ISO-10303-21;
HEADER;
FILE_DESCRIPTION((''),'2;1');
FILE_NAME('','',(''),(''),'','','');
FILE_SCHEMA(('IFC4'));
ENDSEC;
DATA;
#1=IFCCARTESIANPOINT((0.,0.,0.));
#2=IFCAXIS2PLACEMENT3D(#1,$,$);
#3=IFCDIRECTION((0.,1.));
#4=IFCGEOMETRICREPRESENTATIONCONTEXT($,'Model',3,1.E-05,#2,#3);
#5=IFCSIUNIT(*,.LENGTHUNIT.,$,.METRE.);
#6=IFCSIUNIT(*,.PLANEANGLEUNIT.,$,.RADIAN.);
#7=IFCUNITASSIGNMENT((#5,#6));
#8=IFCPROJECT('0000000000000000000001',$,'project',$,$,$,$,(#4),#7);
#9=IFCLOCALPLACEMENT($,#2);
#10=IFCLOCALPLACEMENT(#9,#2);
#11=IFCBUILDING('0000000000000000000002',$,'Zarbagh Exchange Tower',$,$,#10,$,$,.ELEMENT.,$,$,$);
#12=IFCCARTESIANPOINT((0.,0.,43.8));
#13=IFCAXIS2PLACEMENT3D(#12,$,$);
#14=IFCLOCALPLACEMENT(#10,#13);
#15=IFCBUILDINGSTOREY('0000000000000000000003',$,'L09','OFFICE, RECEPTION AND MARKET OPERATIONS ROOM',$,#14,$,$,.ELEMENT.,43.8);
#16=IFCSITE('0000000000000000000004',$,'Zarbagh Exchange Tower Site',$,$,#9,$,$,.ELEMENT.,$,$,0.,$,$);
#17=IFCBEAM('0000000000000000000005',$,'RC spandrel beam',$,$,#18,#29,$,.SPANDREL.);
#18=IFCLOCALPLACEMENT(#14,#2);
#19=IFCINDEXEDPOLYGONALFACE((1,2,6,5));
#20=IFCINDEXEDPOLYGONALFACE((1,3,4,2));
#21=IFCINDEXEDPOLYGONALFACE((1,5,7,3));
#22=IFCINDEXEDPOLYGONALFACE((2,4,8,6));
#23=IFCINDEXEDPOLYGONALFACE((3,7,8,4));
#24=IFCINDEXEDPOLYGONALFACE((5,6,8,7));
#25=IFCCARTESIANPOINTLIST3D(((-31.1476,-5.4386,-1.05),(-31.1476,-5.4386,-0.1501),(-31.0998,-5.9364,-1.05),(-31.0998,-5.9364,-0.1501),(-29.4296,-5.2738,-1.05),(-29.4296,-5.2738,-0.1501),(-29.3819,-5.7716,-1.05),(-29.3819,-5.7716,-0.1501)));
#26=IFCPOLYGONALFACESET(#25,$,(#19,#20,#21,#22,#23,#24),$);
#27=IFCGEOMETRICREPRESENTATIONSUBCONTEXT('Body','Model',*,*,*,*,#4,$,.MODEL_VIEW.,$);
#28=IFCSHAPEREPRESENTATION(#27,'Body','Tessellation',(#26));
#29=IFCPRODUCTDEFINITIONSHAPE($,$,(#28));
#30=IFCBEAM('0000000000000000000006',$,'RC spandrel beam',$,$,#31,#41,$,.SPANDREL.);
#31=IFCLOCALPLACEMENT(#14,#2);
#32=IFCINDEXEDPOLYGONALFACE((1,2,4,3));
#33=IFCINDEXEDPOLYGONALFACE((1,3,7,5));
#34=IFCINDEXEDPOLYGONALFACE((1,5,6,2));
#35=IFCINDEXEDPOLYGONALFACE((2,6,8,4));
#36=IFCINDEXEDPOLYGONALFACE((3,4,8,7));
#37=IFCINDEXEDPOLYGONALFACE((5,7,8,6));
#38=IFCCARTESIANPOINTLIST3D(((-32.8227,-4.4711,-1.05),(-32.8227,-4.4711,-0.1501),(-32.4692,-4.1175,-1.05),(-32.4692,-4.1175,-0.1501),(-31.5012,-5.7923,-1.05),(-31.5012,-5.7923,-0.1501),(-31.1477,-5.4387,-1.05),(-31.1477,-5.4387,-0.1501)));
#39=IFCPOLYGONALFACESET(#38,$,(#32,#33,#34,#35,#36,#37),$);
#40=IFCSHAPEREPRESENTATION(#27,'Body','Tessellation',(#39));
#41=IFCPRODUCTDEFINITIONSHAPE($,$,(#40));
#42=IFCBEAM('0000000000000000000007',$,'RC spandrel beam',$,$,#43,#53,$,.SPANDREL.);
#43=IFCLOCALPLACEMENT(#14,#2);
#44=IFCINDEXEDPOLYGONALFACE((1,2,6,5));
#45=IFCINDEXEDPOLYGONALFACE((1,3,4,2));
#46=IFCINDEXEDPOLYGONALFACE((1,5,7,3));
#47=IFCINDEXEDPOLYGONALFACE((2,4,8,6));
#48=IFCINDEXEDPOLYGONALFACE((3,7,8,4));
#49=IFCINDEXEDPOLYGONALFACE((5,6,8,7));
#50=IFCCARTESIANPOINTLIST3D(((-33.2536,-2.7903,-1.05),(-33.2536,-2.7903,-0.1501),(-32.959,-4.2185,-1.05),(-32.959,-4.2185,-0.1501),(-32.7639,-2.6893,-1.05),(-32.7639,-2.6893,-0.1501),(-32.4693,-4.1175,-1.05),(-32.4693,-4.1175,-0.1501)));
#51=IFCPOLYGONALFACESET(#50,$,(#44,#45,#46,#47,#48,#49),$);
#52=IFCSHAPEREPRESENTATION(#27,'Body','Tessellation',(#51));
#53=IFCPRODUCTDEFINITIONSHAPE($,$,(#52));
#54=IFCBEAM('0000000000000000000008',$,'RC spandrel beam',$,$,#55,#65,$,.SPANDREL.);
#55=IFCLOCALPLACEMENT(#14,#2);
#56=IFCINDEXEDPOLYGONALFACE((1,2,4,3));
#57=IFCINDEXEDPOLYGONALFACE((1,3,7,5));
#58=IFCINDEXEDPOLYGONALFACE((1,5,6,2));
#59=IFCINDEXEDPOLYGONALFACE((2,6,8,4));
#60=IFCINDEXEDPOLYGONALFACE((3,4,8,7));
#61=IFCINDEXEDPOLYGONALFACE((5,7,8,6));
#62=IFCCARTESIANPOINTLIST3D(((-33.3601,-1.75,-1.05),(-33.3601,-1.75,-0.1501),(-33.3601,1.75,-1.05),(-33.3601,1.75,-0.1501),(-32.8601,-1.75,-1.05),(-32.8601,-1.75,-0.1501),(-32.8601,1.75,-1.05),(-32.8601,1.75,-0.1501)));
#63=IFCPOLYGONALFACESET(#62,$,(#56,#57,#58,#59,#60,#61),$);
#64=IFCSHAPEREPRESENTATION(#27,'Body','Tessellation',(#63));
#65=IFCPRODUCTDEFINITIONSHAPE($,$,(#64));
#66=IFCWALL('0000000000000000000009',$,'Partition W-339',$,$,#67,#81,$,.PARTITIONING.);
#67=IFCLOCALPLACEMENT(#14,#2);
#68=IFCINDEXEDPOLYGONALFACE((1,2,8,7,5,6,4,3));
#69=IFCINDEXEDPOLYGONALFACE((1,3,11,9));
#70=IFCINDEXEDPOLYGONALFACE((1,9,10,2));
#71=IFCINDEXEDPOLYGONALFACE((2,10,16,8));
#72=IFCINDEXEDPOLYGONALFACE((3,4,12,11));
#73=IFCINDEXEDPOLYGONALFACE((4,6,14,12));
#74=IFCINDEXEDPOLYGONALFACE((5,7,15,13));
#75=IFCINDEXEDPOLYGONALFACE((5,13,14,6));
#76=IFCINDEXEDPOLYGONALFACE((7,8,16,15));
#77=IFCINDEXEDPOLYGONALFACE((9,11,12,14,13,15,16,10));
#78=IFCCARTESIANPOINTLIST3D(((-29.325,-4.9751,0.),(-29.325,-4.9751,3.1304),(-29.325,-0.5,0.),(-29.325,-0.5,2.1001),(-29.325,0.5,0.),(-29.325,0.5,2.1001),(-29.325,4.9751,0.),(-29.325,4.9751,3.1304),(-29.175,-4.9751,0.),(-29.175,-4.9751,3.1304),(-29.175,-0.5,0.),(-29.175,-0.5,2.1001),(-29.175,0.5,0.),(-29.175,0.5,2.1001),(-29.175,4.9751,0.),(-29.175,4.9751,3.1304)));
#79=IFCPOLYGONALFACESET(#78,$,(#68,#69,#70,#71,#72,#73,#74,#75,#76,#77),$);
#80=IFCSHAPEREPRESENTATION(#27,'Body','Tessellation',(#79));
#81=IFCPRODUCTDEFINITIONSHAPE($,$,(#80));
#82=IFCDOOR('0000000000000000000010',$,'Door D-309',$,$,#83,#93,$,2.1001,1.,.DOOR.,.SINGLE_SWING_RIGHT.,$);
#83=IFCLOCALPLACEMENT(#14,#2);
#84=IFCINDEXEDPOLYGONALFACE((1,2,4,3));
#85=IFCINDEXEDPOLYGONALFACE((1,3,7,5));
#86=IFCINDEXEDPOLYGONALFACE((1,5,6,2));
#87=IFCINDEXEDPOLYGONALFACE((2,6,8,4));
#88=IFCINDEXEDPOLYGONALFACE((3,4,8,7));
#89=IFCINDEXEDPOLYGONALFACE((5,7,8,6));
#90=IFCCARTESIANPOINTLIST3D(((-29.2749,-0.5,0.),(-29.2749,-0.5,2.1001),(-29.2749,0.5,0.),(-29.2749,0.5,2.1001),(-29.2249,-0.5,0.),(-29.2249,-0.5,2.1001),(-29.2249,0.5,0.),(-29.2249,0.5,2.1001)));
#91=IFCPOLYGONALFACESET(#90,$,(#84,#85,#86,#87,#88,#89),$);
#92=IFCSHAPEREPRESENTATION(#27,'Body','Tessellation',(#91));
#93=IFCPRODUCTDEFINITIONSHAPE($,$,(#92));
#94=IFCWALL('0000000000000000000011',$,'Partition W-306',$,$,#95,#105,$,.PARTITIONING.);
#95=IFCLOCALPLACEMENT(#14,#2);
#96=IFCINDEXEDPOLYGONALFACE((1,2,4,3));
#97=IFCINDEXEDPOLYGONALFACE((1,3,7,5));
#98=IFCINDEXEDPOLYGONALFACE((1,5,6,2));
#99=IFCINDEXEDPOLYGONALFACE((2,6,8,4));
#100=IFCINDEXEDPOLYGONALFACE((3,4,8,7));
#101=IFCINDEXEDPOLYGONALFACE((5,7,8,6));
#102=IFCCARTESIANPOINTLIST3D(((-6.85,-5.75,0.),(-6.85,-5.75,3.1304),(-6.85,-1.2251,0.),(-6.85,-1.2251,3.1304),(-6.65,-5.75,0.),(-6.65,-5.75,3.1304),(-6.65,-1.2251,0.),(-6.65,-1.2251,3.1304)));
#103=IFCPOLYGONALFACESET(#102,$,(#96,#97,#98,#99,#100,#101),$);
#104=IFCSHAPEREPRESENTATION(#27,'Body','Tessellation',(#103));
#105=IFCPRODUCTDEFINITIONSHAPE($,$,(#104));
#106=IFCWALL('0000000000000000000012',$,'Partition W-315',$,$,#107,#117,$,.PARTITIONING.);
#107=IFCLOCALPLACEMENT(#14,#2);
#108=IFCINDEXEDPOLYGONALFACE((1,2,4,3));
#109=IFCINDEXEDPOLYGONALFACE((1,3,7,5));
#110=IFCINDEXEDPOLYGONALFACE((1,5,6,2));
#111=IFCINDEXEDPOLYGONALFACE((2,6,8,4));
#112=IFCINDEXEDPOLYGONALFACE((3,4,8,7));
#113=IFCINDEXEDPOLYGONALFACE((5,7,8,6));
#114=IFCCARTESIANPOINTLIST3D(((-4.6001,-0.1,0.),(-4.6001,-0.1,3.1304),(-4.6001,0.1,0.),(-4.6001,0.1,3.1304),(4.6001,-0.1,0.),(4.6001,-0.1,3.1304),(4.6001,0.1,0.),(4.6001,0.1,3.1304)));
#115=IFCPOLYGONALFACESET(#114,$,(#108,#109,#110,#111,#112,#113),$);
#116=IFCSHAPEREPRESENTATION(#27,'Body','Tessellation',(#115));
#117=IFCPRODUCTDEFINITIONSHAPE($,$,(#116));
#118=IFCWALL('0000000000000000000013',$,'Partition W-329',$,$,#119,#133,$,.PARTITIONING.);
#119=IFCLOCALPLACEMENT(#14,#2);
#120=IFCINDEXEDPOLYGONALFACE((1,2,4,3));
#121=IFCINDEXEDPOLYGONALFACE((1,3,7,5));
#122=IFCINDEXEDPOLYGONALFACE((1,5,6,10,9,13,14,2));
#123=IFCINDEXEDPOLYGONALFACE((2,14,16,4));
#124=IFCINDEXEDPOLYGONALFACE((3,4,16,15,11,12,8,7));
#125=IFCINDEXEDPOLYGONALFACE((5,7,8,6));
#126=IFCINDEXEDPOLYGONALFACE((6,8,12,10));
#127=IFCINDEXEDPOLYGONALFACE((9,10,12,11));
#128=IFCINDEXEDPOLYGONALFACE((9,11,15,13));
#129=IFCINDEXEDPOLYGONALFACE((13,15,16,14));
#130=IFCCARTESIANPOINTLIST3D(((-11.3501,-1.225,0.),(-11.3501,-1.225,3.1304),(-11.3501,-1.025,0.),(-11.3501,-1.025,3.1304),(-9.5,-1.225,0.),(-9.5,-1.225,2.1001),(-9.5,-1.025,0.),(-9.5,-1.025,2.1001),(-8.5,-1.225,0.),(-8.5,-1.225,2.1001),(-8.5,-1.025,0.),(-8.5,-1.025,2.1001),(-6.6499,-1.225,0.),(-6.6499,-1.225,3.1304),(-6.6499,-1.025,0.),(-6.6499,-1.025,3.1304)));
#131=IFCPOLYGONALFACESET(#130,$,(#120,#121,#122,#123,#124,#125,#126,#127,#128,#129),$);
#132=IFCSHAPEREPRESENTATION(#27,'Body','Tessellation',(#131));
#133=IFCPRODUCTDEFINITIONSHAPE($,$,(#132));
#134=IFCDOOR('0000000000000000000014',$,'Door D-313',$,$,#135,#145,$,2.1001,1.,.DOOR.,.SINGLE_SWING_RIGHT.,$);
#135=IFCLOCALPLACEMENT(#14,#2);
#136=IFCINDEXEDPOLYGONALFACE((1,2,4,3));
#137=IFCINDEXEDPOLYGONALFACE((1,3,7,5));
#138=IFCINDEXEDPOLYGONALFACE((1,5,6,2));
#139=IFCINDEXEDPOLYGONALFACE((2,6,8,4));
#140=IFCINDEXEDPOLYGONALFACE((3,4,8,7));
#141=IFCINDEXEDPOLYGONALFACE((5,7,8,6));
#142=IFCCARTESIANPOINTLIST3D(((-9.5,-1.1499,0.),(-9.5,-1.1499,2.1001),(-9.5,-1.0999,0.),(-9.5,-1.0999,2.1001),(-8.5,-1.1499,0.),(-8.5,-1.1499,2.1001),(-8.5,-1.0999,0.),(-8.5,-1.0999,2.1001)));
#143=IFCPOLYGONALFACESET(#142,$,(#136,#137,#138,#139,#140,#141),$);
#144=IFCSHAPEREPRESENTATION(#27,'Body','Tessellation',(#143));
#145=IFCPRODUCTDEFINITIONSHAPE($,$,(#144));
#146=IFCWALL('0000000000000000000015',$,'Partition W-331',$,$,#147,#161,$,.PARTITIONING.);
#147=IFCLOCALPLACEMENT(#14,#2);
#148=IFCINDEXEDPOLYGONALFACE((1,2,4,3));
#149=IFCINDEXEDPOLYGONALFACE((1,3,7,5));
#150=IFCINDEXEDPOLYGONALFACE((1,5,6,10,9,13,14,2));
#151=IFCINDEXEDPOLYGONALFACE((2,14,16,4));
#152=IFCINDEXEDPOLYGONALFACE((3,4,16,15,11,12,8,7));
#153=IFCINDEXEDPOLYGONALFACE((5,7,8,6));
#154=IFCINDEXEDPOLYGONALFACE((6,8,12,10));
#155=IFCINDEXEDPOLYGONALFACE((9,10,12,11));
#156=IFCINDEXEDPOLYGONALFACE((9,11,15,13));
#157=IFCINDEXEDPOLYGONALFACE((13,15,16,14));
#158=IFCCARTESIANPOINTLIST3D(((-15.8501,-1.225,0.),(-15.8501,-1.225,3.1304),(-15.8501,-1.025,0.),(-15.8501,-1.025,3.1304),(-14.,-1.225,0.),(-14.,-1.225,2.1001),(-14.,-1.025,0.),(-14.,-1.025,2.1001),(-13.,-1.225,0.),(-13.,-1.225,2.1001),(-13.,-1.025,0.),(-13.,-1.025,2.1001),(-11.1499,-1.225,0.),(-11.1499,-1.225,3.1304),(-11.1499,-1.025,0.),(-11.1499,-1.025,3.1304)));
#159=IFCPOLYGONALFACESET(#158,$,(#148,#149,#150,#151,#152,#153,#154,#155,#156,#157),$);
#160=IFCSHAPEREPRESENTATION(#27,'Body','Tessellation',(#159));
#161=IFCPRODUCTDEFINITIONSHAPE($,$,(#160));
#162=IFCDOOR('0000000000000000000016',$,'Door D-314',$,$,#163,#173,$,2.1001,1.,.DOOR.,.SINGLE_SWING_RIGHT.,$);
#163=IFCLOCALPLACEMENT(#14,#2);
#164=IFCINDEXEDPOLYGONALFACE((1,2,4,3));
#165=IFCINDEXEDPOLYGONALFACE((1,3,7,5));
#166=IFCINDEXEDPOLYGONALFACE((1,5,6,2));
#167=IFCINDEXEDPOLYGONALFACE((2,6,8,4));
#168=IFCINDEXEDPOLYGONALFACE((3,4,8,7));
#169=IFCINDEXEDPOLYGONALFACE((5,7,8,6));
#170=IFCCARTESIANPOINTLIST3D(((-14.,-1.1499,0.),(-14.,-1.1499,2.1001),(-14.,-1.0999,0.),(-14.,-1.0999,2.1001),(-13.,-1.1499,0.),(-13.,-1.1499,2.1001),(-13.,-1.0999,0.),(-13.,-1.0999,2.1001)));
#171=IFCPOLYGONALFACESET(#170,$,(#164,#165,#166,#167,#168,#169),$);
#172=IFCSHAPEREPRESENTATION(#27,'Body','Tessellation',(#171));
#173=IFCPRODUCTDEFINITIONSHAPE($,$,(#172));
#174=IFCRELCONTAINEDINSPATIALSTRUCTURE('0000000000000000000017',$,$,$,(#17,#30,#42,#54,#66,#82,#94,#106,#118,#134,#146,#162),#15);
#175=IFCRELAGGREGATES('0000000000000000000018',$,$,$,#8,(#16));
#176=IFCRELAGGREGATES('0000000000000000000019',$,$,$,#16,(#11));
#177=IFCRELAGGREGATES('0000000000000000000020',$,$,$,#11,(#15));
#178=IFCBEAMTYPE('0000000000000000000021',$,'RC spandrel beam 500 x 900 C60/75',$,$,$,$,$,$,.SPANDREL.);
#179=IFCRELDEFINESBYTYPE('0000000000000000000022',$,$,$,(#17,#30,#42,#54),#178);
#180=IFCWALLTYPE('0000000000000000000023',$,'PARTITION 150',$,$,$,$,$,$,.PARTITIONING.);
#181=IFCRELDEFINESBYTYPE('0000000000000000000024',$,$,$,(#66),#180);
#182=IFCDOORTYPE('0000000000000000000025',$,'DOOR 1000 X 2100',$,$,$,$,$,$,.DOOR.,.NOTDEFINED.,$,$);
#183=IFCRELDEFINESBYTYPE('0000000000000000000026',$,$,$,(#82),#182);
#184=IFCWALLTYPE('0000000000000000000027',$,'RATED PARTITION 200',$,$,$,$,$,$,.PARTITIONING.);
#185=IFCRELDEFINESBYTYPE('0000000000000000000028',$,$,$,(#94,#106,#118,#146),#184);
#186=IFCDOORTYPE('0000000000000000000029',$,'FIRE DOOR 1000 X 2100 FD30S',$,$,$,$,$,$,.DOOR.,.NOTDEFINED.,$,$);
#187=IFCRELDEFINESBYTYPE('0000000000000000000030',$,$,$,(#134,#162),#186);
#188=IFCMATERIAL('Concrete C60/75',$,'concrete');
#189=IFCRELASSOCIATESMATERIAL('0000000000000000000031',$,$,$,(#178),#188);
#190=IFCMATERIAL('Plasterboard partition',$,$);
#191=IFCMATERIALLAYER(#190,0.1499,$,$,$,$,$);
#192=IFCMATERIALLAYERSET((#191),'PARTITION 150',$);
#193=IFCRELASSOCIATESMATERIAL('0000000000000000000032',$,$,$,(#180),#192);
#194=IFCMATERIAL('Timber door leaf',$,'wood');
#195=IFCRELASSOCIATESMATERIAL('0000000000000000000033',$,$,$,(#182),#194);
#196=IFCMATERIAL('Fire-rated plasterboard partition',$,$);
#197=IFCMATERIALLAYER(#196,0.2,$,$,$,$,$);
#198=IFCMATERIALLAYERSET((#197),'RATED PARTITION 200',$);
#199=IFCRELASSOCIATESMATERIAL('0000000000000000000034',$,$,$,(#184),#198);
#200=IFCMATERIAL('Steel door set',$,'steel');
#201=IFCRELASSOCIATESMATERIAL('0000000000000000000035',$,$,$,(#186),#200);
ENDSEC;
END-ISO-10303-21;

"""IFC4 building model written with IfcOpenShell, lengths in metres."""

from ifc_helpers import new_model, si_unit, direction, frame, frame_2d, origin, origin_2d, place, context, subcontext, project, spatial, rectangle, extrude, material, layer, layer_set, material_profile, profile_set, type_object, element, fill, save


model = new_model("IFC4")

# Units and contexts
model_context = context("Model", 3, precision=1e-05, world=origin(), true_north=direction((0.0, 1.0)))
body_context = subcontext(model_context, "Body", "Model", "MODEL_VIEW")
ifc_project = project(units=[si_unit("LENGTHUNIT", "METRE"), si_unit("PLANEANGLEUNIT", "RADIAN")], contexts=[model_context])

# Site, building, storey
site_placement = place(None, origin())
site = spatial("IfcSite", under=ifc_project, at=site_placement, Name="Zarbagh Exchange Tower Site", CompositionType="ELEMENT", RefElevation=0.0)
building_placement = place(site_placement, origin())
building = spatial("IfcBuilding", under=site, at=building_placement, Name="Zarbagh Exchange Tower", CompositionType="ELEMENT")
storey_placement = place(building_placement, frame((0.0, 0.0, 43.8)))
storey = spatial("IfcBuildingStorey", under=building, at=storey_placement, Name="L09", Description="OFFICE, RECEPTION AND MARKET OPERATIONS ROOM", CompositionType="ELEMENT", Elevation=43.8)

# Shared definitions
ifc_material_1 = material(Name="Concrete C60/75", Category="concrete")

# Beams
ifc_material_profile_1 = material_profile(ifc_material_1, rectangle(XDim=0.5, YDim=0.8999, at=origin_2d()), Name="RC spandrel beam 500 x 900 C60/75")
ifc_profile_set_1 = profile_set([ifc_material_profile_1], Name="Concrete C60/75")
beam_type_1 = type_object("IfcBeamType", Name="RC spandrel beam 500 x 900 C60/75", PredefinedType="SPANDREL", material=ifc_profile_set_1)
beam_1_placement = place(storey_placement, frame((-29.4058, -5.5227, -0.6001), z_axis=(-0.995431, -0.095483, 0.0), x_axis=(0.095483, -0.995431, 0.0)))
element("IfcBeam", 1, at=beam_1_placement, inside=storey, type_object=beam_type_1, Name="RC spandrel beam", PredefinedType="SPANDREL", context=body_context, shape_type="SweptSolid", body=[
    extrude(rectangle(XDim=0.5, YDim=0.8999, at=origin_2d()), origin(), (0.0, 0.0, 1.0), 1.7258),
])
beam_2_placement = place(storey_placement, frame((-31.3245, -5.6155, -0.6001), z_axis=(-0.707172, 0.707041, 0.0), x_axis=(-0.707041, -0.707172, 0.0)))
element("IfcBeam", 2, at=beam_2_placement, inside=storey, type_object=beam_type_1, Name="RC spandrel beam", PredefinedType="SPANDREL", context=body_context, shape_type="SweptSolid", body=[
    extrude(rectangle(XDim=0.5, YDim=0.8999, at=origin_2d()), origin(), (0.0, 0.0, 1.0), 1.8687),
])
beam_3_placement = place(storey_placement, frame((-32.7141, -4.168, -0.6001), z_axis=(-0.202069, 0.979371, 0.0), x_axis=(-0.979371, -0.202069, 0.0)))
element("IfcBeam", 3, at=beam_3_placement, inside=storey, type_object=beam_type_1, Name="RC spandrel beam", PredefinedType="SPANDREL", context=body_context, shape_type="SweptSolid", body=[
    extrude(rectangle(XDim=0.5, YDim=0.8999, at=origin_2d()), origin(), (0.0, 0.0, 1.0), 1.4583),
])
beam_4_placement = place(storey_placement, frame((-33.1101, -1.75, -0.6001), z_axis=(0.0, 1.0, 0.0), x_axis=(-1.0, 0.0, 0.0)))
element("IfcBeam", 4, at=beam_4_placement, inside=storey, type_object=beam_type_1, Name="RC spandrel beam", PredefinedType="SPANDREL", context=body_context, shape_type="SweptSolid", body=[
    extrude(rectangle(XDim=0.5, YDim=0.8999, at=origin_2d()), origin(), (0.0, 0.0, 1.0), 3.5),
])

# Wall, opening, door
ifc_material_2 = material(Name="Plasterboard partition")
ifc_layer_1 = layer(ifc_material_2, 0.1499)
ifc_layer_set_1 = layer_set([ifc_layer_1], Name="PARTITION 150")
wall_type_1 = type_object("IfcWallType", Name="PARTITION 150", PredefinedType="PARTITIONING", material=ifc_layer_set_1)
wall_1_placement = place(storey_placement, frame((-29.25, -4.9751, 0.0), z_axis=(0.0, 0.0, 1.0), x_axis=(0.0, 1.0, 0.0)))
wall_1 = element("IfcWall", 5, at=wall_1_placement, inside=storey, type_object=wall_type_1, Name="Partition W-339", PredefinedType="PARTITIONING", context=body_context, shape_type="SweptSolid", body=[
    extrude(rectangle(XDim=9.9502, YDim=0.1499, at=frame_2d((4.9751, 0.0))), origin(), (0.0, 0.0, 1.0), 3.1304),
])
opening_1_placement = place(wall_1_placement, frame((4.4751, 0.0, 0.0)))
opening_1 = element("IfcOpeningElement", 6, at=opening_1_placement, cuts=wall_1, PredefinedType="OPENING", context=body_context, shape_type="SweptSolid", body=[
    extrude(rectangle(XDim=1.0, YDim=2.1001, at=frame_2d((0.5, 1.05))), frame((0.0, 0.085, 0.0), z_axis=(0.0, -1.0, 0.0), x_axis=(1.0, 0.0, 0.0)), (0.0, 0.0, 1.0), 0.1699),
])
ifc_material_3 = material(Name="Timber door leaf", Category="wood")
door_type_1 = type_object("IfcDoorType", Name="DOOR 1000 X 2100", OperationType="NOTDEFINED", PredefinedType="DOOR", material=ifc_material_3)
door_1_placement = place(opening_1_placement, origin())
door_1 = element("IfcDoor", 7, at=door_1_placement, inside=storey, type_object=door_type_1, Name="Door D-309", OperationType="SINGLE_SWING_RIGHT", OverallHeight=2.1001, OverallWidth=1.0, PredefinedType="DOOR", context=body_context, shape_type="SweptSolid", body=[
    extrude(rectangle(XDim=1.0, YDim=2.1001, at=frame_2d((0.5, 1.05))), frame((0.0, 0.0249, 0.0), z_axis=(0.0, -1.0, 0.0), x_axis=(1.0, 0.0, 0.0)), (0.0, 0.0, 1.0), 0.05),
])
fill(opening_1, door_1)

# Walls
ifc_material_4 = material(Name="Fire-rated plasterboard partition")
ifc_layer_2 = layer(ifc_material_4, 0.2)
ifc_layer_set_2 = layer_set([ifc_layer_2], Name="RATED PARTITION 200")
wall_type_2 = type_object("IfcWallType", Name="RATED PARTITION 200", PredefinedType="PARTITIONING", material=ifc_layer_set_2)
wall_2_placement = place(storey_placement, frame((-6.75, -5.75, 0.0), z_axis=(0.0, 0.0, 1.0), x_axis=(0.0, 1.0, 0.0)))
element("IfcWall", 8, at=wall_2_placement, inside=storey, type_object=wall_type_2, Name="Partition W-306", PredefinedType="PARTITIONING", context=body_context, shape_type="SweptSolid", body=[
    extrude(rectangle(XDim=4.5249, YDim=0.2, at=frame_2d((2.2625, 0.0))), origin(), (0.0, 0.0, 1.0), 3.1304),
])
wall_3_placement = place(storey_placement, frame((-4.6001, 0.0, 0.0), z_axis=(0.0, 0.0, 1.0), x_axis=(1.0, 0.0, 0.0)))
element("IfcWall", 9, at=wall_3_placement, inside=storey, type_object=wall_type_2, Name="Partition W-315", PredefinedType="PARTITIONING", context=body_context, shape_type="SweptSolid", body=[
    extrude(rectangle(XDim=9.2002, YDim=0.2, at=frame_2d((4.6001, 0.0))), origin(), (0.0, 0.0, 1.0), 3.1304),
])

# Walls, openings, doors
wall_4_placement = place(storey_placement, frame((-6.6499, -1.125, 0.0), z_axis=(0.0, 0.0, 1.0), x_axis=(-1.0, 0.0, 0.0)))
wall_4 = element("IfcWall", 10, at=wall_4_placement, inside=storey, type_object=wall_type_2, Name="Partition W-329", PredefinedType="PARTITIONING", context=body_context, shape_type="SweptSolid", body=[
    extrude(rectangle(XDim=4.7002, YDim=0.2, at=frame_2d((2.3501, 0.0))), origin(), (0.0, 0.0, 1.0), 3.1304),
])
opening_2_placement = place(wall_4_placement, frame((1.8501, 0.0, 0.0)))
opening_2 = element("IfcOpeningElement", 11, at=opening_2_placement, cuts=wall_4, PredefinedType="OPENING", context=body_context, shape_type="SweptSolid", body=[
    extrude(rectangle(XDim=1.0, YDim=2.1001, at=frame_2d((0.5, 1.05))), frame((0.0, 0.1099, 0.0), z_axis=(0.0, -1.0, 0.0), x_axis=(1.0, 0.0, 0.0)), (0.0, 0.0, 1.0), 0.22),
])
ifc_material_5 = material(Name="Steel door set", Category="steel")
door_type_2 = type_object("IfcDoorType", Name="FIRE DOOR 1000 X 2100 FD30S", OperationType="NOTDEFINED", PredefinedType="DOOR", material=ifc_material_5)
door_2_placement = place(opening_2_placement, origin())
door_2 = element("IfcDoor", 12, at=door_2_placement, inside=storey, type_object=door_type_2, Name="Door D-313", OperationType="SINGLE_SWING_RIGHT", OverallHeight=2.1001, OverallWidth=1.0, PredefinedType="DOOR", context=body_context, shape_type="SweptSolid", body=[
    extrude(rectangle(XDim=1.0, YDim=2.1001, at=frame_2d((0.5, 1.05))), frame((0.0, 0.0249, 0.0), z_axis=(0.0, -1.0, 0.0), x_axis=(1.0, 0.0, 0.0)), (0.0, 0.0, 1.0), 0.05),
])
fill(opening_2, door_2)
wall_5_placement = place(storey_placement, frame((-11.1499, -1.125, 0.0), z_axis=(0.0, 0.0, 1.0), x_axis=(-1.0, 0.0, 0.0)))
wall_5 = element("IfcWall", 13, at=wall_5_placement, inside=storey, type_object=wall_type_2, Name="Partition W-331", PredefinedType="PARTITIONING", context=body_context, shape_type="SweptSolid", body=[
    extrude(rectangle(XDim=4.7002, YDim=0.2, at=frame_2d((2.3501, 0.0))), origin(), (0.0, 0.0, 1.0), 3.1304),
])
opening_3_placement = place(wall_5_placement, frame((1.8501, 0.0, 0.0)))
opening_3 = element("IfcOpeningElement", 14, at=opening_3_placement, cuts=wall_5, PredefinedType="OPENING", context=body_context, shape_type="SweptSolid", body=[
    extrude(rectangle(XDim=1.0, YDim=2.1001, at=frame_2d((0.5, 1.05))), frame((0.0, 0.1099, 0.0), z_axis=(0.0, -1.0, 0.0), x_axis=(1.0, 0.0, 0.0)), (0.0, 0.0, 1.0), 0.22),
])
door_3_placement = place(opening_3_placement, origin())
door_3 = element("IfcDoor", 15, at=door_3_placement, inside=storey, type_object=door_type_2, Name="Door D-314", OperationType="SINGLE_SWING_RIGHT", OverallHeight=2.1001, OverallWidth=1.0, PredefinedType="DOOR", context=body_context, shape_type="SweptSolid", body=[
    extrude(rectangle(XDim=1.0, YDim=2.1001, at=frame_2d((0.5, 1.05))), frame((0.0, 0.0249, 0.0), z_axis=(0.0, -1.0, 0.0), x_axis=(1.0, 0.0, 0.0)), (0.0, 0.0, 1.0), 0.05),
])
fill(opening_3, door_3)

save(model, "model.ifc")
